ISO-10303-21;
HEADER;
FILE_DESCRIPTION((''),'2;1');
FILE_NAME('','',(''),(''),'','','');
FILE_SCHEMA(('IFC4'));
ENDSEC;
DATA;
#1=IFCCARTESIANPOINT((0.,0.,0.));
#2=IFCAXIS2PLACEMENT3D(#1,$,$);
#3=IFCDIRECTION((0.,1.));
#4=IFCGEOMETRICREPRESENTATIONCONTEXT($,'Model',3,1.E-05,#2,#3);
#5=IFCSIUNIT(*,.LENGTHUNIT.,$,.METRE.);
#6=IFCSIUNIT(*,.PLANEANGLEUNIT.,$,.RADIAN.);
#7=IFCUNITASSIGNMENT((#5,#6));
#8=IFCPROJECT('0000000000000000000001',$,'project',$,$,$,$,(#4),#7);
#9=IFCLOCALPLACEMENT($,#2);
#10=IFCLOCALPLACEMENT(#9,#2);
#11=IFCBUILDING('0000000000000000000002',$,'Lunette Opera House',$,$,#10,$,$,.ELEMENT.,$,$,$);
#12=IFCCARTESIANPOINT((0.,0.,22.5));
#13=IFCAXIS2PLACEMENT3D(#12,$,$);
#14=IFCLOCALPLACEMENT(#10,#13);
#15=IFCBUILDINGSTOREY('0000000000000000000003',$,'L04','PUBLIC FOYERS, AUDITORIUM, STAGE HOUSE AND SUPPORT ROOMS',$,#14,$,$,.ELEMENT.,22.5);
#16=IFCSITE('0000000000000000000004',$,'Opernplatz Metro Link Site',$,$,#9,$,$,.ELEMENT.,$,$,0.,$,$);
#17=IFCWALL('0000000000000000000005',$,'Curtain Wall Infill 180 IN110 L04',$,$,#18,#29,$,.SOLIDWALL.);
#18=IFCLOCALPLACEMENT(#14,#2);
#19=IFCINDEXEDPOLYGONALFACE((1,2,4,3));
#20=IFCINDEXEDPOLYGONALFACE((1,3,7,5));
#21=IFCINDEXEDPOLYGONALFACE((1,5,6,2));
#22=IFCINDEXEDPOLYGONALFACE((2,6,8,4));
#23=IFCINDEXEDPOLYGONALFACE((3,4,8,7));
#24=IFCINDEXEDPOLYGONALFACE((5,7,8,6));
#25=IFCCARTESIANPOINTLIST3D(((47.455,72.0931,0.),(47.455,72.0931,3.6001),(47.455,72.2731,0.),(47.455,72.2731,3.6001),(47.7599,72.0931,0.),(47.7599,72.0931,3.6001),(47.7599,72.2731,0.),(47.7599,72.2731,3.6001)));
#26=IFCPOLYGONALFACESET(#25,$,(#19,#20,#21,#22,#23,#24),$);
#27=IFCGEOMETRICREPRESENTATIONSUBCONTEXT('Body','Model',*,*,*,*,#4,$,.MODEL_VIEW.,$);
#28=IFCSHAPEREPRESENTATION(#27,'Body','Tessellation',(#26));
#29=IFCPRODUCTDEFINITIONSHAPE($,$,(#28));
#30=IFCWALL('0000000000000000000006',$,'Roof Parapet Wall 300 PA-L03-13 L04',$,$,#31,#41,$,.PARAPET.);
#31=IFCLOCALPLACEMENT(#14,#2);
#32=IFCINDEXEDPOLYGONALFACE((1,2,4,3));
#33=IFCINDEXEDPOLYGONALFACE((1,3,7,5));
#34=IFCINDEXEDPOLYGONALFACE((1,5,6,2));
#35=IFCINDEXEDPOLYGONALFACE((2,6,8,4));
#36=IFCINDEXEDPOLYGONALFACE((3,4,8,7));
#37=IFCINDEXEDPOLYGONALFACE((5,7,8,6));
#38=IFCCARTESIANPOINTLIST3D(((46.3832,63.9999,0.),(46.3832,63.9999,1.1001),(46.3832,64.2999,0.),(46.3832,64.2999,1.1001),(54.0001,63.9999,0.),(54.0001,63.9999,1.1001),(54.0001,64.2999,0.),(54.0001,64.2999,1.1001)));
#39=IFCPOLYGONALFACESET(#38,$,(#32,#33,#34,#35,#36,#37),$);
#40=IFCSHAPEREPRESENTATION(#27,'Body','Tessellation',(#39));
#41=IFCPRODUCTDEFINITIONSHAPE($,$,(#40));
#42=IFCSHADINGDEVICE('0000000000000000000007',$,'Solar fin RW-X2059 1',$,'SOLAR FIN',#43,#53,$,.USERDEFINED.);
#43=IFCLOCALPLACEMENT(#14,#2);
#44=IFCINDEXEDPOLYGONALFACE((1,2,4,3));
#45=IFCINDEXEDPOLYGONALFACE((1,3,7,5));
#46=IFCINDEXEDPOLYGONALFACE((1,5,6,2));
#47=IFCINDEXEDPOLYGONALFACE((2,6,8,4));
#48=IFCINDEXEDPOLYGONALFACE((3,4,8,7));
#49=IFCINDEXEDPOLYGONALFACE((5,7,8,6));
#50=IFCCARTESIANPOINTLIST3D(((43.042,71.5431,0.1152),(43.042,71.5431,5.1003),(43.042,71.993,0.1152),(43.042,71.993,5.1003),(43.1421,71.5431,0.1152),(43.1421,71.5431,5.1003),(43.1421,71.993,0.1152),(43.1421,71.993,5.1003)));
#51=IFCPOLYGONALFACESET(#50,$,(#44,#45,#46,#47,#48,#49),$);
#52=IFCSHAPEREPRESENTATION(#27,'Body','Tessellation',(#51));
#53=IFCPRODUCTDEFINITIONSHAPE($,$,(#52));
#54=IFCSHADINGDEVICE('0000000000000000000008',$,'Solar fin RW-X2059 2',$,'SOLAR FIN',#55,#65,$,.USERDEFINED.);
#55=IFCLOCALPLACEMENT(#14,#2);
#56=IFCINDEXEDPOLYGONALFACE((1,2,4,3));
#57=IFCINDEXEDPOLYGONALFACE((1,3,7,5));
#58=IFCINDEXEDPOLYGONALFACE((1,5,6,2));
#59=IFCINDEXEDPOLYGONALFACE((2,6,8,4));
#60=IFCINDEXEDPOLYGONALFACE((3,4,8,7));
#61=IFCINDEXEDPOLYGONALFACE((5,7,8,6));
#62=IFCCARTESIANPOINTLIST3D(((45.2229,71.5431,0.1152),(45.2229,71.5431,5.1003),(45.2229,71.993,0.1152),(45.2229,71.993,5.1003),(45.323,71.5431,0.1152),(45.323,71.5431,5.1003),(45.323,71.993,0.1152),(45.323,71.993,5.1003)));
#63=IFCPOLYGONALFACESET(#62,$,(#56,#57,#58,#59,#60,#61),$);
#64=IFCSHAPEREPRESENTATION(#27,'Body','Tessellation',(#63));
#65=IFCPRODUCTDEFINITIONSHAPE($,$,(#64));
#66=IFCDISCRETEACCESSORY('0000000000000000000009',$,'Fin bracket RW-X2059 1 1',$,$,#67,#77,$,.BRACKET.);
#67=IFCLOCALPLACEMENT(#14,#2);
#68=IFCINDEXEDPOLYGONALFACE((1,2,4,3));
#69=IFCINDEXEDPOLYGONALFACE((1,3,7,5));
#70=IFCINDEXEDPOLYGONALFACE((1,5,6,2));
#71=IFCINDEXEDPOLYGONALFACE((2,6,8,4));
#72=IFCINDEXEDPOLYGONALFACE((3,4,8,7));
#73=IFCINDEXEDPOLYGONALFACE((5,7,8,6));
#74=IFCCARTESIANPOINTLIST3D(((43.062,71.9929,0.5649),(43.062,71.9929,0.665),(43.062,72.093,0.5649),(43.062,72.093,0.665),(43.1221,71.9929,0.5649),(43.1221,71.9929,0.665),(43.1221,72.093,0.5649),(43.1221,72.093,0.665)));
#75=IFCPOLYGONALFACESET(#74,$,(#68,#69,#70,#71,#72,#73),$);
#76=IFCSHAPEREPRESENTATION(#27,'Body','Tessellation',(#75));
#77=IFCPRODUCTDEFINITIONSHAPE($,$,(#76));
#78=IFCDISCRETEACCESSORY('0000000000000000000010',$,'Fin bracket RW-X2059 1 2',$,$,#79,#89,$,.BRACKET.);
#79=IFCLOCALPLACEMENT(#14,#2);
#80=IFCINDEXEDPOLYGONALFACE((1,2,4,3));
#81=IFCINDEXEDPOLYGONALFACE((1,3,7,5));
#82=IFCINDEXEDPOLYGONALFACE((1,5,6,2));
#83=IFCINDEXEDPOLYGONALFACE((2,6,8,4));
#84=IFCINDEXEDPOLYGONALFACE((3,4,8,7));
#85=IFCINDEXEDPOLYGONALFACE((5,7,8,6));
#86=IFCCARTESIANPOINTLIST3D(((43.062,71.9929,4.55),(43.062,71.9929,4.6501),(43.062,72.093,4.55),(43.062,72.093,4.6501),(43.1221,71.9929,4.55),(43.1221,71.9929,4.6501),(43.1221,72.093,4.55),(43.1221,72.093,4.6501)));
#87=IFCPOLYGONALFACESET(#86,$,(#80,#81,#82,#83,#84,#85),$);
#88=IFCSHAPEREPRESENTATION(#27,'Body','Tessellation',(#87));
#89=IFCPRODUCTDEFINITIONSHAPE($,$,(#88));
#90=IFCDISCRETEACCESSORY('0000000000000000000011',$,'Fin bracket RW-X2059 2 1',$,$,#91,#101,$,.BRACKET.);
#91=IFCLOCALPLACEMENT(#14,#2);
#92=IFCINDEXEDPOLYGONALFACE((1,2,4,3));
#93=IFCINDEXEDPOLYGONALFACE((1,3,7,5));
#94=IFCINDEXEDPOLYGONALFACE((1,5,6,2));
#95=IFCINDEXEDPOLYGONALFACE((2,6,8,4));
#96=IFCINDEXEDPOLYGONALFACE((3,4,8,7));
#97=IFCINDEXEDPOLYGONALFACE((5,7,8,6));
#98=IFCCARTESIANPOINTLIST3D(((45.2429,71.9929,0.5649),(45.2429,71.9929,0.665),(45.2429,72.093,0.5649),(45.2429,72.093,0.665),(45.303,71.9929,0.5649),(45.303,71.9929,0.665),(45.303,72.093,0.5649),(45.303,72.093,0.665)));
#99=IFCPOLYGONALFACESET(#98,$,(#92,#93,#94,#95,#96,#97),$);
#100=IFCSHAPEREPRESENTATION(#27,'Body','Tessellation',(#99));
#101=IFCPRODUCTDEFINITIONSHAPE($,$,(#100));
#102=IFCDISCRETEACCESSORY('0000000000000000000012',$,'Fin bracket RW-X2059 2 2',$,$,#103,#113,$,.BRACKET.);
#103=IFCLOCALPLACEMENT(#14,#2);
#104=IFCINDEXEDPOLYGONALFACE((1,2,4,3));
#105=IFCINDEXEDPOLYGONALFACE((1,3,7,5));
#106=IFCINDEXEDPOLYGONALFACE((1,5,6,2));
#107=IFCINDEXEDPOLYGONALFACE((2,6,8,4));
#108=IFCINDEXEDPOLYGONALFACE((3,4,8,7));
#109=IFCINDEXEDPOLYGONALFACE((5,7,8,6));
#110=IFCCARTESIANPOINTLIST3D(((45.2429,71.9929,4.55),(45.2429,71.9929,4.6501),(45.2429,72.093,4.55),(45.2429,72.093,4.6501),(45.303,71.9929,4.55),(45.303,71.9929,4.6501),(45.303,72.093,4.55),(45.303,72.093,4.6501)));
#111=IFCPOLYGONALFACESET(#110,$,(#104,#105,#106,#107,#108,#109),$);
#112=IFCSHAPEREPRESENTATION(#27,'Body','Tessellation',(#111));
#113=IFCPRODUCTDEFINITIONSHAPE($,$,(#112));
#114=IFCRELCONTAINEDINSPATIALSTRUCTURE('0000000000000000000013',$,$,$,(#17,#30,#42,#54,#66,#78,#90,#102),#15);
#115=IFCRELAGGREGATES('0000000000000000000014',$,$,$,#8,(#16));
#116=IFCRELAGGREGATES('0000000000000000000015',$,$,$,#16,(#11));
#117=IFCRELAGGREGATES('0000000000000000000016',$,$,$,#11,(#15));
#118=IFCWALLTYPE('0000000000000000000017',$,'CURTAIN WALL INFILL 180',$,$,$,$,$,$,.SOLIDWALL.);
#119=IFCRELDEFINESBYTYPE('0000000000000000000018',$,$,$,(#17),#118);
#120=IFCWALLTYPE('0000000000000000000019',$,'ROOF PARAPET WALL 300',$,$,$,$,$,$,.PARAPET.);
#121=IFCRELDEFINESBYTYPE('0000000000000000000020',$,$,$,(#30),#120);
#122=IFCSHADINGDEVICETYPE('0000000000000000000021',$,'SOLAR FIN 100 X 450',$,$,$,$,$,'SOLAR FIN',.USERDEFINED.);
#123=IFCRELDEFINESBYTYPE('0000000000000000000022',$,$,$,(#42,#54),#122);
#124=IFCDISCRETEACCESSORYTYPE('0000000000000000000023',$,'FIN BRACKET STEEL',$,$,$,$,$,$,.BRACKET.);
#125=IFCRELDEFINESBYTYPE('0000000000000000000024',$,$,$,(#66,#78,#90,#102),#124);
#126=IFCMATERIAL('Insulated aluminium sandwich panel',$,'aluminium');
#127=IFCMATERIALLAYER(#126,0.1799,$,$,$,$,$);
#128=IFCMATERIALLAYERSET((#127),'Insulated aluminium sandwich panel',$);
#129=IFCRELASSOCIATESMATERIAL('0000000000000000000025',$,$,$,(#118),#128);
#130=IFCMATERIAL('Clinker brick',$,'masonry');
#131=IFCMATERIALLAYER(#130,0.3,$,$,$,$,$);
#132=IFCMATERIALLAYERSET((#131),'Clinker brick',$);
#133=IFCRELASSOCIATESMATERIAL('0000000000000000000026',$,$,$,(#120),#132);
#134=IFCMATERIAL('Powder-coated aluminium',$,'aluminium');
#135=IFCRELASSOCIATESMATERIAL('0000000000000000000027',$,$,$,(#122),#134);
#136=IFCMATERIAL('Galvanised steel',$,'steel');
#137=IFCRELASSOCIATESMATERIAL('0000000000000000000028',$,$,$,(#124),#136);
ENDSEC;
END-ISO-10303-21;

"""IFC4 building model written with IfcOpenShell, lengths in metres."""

from ifc_helpers import new_model, si_unit, direction, frame, frame_2d, origin, origin_2d, place, context, subcontext, project, spatial, rectangle, extrude, material, layer, layer_set, type_object, element, save


model = new_model("IFC4")

# Units and contexts
model_context = context("Model", 3, precision=1e-05, world=origin(), true_north=direction((0.0, 1.0)))
body_context = subcontext(model_context, "Body", "Model", "MODEL_VIEW")
ifc_project = project(units=[si_unit("LENGTHUNIT", "METRE"), si_unit("PLANEANGLEUNIT", "RADIAN")], contexts=[model_context])

# Site, building, storey
site_placement = place(None, origin())
site = spatial("IfcSite", under=ifc_project, at=site_placement, Name="Opernplatz Metro Link Site", CompositionType="ELEMENT", RefElevation=0.0)
building_placement = place(site_placement, origin())
building = spatial("IfcBuilding", under=site, at=building_placement, Name="Lunette Opera House", CompositionType="ELEMENT")
storey_placement = place(building_placement, frame((0.0, 0.0, 22.5)))
storey = spatial("IfcBuildingStorey", under=building, at=storey_placement, Name="L04", Description="PUBLIC FOYERS, AUDITORIUM, STAGE HOUSE AND SUPPORT ROOMS", CompositionType="ELEMENT", Elevation=22.5)

# Walls
ifc_material_1 = material(Name="Insulated aluminium sandwich panel", Category="aluminium")
ifc_layer_1 = layer(ifc_material_1, 0.1799)
ifc_layer_set_1 = layer_set([ifc_layer_1], Name="Insulated aluminium sandwich panel")
wall_type_1 = type_object("IfcWallType", Name="CURTAIN WALL INFILL 180", PredefinedType="SOLIDWALL", material=ifc_layer_set_1)
wall_1_placement = place(storey_placement, frame((47.4551, 72.1831, 0.0), z_axis=(0.0, 0.0, 1.0), x_axis=(1.0, 0.0, 0.0)))
element("IfcWall", 1, at=wall_1_placement, inside=storey, type_object=wall_type_1, Name="Curtain Wall Infill 180 IN110 L04", PredefinedType="SOLIDWALL", context=body_context, shape_type="SweptSolid", body=[
    extrude(rectangle(XDim=0.3049, YDim=0.1799, at=frame_2d((0.1523, 0.0))), origin(), (0.0, 0.0, 1.0), 3.6001),
])
ifc_material_2 = material(Name="Clinker brick", Category="masonry")
ifc_layer_2 = layer(ifc_material_2, 0.3)
ifc_layer_set_2 = layer_set([ifc_layer_2], Name="Clinker brick")
wall_type_2 = type_object("IfcWallType", Name="ROOF PARAPET WALL 300", PredefinedType="PARAPET", material=ifc_layer_set_2)
wall_2_placement = place(storey_placement, frame((46.3831, 64.1499, 0.0), z_axis=(0.0, 0.0, 1.0), x_axis=(1.0, 0.0, 0.0)))
element("IfcWall", 2, at=wall_2_placement, inside=storey, type_object=wall_type_2, Name="Roof Parapet Wall 300 PA-L03-13 L04", PredefinedType="PARAPET", context=body_context, shape_type="SweptSolid", body=[
    extrude(rectangle(XDim=7.6169, YDim=0.3, at=frame_2d((3.8086, 0.0))), origin(), (0.0, 0.0, 1.0), 1.1001),
])

# Shading devices
ifc_material_3 = material(Name="Powder-coated aluminium", Category="aluminium")
shading_device_type = type_object("IfcShadingDeviceType", Name="SOLAR FIN 100 X 450", ElementType="SOLAR FIN", PredefinedType="USERDEFINED", material=ifc_material_3)
for number, where, z_axis, x_axis, name in (
    (3, (43.092, 71.7681, 0.1152), (0.0, 0.0, 1.0), (0.0, -1.0, 0.0), "Solar fin RW-X2059 1"),
    (4, (45.2729, 71.7681, 0.1152), (0.0, 0.0, 1.0), (0.0, -1.0, 0.0), "Solar fin RW-X2059 2"),
):
    element("IfcShadingDevice", number, at=place(storey_placement, frame(where, z_axis=z_axis, x_axis=x_axis)), inside=storey, type_object=shading_device_type, Name=name, ObjectType="SOLAR FIN", PredefinedType="USERDEFINED", context=body_context, shape_type="SweptSolid", body=[
        extrude(rectangle(XDim=0.45, YDim=0.1001, at=origin_2d()), origin(), (0.0, 0.0, 1.0), 4.9851),
    ])

# Discrete accessories
ifc_material_4 = material(Name="Galvanised steel", Category="steel")
discrete_accessory_type = type_object("IfcDiscreteAccessoryType", Name="FIN BRACKET STEEL", PredefinedType="BRACKET", material=ifc_material_4)
for number, where, z_axis, x_axis, name in (
    (5, (43.092, 72.043, 0.5649), (0.0, 0.0, 1.0), (0.0, -1.0, 0.0), "Fin bracket RW-X2059 1 1"),
    (6, (43.092, 72.043, 4.55), (0.0, 0.0, 1.0), (0.0, -1.0, 0.0), "Fin bracket RW-X2059 1 2"),
    (7, (45.2729, 72.043, 0.5649), (0.0, 0.0, 1.0), (0.0, -1.0, 0.0), "Fin bracket RW-X2059 2 1"),
    (8, (45.2729, 72.043, 4.55), (0.0, 0.0, 1.0), (0.0, -1.0, 0.0), "Fin bracket RW-X2059 2 2"),
):
    element("IfcDiscreteAccessory", number, at=place(storey_placement, frame(where, z_axis=z_axis, x_axis=x_axis)), inside=storey, type_object=discrete_accessory_type, Name=name, PredefinedType="BRACKET", context=body_context, shape_type="SweptSolid", body=[
        extrude(rectangle(XDim=0.1001, YDim=0.0601, at=origin_2d()), origin(), (0.0, 0.0, 1.0), 0.1001),
    ])

save(model, "model.ifc")
